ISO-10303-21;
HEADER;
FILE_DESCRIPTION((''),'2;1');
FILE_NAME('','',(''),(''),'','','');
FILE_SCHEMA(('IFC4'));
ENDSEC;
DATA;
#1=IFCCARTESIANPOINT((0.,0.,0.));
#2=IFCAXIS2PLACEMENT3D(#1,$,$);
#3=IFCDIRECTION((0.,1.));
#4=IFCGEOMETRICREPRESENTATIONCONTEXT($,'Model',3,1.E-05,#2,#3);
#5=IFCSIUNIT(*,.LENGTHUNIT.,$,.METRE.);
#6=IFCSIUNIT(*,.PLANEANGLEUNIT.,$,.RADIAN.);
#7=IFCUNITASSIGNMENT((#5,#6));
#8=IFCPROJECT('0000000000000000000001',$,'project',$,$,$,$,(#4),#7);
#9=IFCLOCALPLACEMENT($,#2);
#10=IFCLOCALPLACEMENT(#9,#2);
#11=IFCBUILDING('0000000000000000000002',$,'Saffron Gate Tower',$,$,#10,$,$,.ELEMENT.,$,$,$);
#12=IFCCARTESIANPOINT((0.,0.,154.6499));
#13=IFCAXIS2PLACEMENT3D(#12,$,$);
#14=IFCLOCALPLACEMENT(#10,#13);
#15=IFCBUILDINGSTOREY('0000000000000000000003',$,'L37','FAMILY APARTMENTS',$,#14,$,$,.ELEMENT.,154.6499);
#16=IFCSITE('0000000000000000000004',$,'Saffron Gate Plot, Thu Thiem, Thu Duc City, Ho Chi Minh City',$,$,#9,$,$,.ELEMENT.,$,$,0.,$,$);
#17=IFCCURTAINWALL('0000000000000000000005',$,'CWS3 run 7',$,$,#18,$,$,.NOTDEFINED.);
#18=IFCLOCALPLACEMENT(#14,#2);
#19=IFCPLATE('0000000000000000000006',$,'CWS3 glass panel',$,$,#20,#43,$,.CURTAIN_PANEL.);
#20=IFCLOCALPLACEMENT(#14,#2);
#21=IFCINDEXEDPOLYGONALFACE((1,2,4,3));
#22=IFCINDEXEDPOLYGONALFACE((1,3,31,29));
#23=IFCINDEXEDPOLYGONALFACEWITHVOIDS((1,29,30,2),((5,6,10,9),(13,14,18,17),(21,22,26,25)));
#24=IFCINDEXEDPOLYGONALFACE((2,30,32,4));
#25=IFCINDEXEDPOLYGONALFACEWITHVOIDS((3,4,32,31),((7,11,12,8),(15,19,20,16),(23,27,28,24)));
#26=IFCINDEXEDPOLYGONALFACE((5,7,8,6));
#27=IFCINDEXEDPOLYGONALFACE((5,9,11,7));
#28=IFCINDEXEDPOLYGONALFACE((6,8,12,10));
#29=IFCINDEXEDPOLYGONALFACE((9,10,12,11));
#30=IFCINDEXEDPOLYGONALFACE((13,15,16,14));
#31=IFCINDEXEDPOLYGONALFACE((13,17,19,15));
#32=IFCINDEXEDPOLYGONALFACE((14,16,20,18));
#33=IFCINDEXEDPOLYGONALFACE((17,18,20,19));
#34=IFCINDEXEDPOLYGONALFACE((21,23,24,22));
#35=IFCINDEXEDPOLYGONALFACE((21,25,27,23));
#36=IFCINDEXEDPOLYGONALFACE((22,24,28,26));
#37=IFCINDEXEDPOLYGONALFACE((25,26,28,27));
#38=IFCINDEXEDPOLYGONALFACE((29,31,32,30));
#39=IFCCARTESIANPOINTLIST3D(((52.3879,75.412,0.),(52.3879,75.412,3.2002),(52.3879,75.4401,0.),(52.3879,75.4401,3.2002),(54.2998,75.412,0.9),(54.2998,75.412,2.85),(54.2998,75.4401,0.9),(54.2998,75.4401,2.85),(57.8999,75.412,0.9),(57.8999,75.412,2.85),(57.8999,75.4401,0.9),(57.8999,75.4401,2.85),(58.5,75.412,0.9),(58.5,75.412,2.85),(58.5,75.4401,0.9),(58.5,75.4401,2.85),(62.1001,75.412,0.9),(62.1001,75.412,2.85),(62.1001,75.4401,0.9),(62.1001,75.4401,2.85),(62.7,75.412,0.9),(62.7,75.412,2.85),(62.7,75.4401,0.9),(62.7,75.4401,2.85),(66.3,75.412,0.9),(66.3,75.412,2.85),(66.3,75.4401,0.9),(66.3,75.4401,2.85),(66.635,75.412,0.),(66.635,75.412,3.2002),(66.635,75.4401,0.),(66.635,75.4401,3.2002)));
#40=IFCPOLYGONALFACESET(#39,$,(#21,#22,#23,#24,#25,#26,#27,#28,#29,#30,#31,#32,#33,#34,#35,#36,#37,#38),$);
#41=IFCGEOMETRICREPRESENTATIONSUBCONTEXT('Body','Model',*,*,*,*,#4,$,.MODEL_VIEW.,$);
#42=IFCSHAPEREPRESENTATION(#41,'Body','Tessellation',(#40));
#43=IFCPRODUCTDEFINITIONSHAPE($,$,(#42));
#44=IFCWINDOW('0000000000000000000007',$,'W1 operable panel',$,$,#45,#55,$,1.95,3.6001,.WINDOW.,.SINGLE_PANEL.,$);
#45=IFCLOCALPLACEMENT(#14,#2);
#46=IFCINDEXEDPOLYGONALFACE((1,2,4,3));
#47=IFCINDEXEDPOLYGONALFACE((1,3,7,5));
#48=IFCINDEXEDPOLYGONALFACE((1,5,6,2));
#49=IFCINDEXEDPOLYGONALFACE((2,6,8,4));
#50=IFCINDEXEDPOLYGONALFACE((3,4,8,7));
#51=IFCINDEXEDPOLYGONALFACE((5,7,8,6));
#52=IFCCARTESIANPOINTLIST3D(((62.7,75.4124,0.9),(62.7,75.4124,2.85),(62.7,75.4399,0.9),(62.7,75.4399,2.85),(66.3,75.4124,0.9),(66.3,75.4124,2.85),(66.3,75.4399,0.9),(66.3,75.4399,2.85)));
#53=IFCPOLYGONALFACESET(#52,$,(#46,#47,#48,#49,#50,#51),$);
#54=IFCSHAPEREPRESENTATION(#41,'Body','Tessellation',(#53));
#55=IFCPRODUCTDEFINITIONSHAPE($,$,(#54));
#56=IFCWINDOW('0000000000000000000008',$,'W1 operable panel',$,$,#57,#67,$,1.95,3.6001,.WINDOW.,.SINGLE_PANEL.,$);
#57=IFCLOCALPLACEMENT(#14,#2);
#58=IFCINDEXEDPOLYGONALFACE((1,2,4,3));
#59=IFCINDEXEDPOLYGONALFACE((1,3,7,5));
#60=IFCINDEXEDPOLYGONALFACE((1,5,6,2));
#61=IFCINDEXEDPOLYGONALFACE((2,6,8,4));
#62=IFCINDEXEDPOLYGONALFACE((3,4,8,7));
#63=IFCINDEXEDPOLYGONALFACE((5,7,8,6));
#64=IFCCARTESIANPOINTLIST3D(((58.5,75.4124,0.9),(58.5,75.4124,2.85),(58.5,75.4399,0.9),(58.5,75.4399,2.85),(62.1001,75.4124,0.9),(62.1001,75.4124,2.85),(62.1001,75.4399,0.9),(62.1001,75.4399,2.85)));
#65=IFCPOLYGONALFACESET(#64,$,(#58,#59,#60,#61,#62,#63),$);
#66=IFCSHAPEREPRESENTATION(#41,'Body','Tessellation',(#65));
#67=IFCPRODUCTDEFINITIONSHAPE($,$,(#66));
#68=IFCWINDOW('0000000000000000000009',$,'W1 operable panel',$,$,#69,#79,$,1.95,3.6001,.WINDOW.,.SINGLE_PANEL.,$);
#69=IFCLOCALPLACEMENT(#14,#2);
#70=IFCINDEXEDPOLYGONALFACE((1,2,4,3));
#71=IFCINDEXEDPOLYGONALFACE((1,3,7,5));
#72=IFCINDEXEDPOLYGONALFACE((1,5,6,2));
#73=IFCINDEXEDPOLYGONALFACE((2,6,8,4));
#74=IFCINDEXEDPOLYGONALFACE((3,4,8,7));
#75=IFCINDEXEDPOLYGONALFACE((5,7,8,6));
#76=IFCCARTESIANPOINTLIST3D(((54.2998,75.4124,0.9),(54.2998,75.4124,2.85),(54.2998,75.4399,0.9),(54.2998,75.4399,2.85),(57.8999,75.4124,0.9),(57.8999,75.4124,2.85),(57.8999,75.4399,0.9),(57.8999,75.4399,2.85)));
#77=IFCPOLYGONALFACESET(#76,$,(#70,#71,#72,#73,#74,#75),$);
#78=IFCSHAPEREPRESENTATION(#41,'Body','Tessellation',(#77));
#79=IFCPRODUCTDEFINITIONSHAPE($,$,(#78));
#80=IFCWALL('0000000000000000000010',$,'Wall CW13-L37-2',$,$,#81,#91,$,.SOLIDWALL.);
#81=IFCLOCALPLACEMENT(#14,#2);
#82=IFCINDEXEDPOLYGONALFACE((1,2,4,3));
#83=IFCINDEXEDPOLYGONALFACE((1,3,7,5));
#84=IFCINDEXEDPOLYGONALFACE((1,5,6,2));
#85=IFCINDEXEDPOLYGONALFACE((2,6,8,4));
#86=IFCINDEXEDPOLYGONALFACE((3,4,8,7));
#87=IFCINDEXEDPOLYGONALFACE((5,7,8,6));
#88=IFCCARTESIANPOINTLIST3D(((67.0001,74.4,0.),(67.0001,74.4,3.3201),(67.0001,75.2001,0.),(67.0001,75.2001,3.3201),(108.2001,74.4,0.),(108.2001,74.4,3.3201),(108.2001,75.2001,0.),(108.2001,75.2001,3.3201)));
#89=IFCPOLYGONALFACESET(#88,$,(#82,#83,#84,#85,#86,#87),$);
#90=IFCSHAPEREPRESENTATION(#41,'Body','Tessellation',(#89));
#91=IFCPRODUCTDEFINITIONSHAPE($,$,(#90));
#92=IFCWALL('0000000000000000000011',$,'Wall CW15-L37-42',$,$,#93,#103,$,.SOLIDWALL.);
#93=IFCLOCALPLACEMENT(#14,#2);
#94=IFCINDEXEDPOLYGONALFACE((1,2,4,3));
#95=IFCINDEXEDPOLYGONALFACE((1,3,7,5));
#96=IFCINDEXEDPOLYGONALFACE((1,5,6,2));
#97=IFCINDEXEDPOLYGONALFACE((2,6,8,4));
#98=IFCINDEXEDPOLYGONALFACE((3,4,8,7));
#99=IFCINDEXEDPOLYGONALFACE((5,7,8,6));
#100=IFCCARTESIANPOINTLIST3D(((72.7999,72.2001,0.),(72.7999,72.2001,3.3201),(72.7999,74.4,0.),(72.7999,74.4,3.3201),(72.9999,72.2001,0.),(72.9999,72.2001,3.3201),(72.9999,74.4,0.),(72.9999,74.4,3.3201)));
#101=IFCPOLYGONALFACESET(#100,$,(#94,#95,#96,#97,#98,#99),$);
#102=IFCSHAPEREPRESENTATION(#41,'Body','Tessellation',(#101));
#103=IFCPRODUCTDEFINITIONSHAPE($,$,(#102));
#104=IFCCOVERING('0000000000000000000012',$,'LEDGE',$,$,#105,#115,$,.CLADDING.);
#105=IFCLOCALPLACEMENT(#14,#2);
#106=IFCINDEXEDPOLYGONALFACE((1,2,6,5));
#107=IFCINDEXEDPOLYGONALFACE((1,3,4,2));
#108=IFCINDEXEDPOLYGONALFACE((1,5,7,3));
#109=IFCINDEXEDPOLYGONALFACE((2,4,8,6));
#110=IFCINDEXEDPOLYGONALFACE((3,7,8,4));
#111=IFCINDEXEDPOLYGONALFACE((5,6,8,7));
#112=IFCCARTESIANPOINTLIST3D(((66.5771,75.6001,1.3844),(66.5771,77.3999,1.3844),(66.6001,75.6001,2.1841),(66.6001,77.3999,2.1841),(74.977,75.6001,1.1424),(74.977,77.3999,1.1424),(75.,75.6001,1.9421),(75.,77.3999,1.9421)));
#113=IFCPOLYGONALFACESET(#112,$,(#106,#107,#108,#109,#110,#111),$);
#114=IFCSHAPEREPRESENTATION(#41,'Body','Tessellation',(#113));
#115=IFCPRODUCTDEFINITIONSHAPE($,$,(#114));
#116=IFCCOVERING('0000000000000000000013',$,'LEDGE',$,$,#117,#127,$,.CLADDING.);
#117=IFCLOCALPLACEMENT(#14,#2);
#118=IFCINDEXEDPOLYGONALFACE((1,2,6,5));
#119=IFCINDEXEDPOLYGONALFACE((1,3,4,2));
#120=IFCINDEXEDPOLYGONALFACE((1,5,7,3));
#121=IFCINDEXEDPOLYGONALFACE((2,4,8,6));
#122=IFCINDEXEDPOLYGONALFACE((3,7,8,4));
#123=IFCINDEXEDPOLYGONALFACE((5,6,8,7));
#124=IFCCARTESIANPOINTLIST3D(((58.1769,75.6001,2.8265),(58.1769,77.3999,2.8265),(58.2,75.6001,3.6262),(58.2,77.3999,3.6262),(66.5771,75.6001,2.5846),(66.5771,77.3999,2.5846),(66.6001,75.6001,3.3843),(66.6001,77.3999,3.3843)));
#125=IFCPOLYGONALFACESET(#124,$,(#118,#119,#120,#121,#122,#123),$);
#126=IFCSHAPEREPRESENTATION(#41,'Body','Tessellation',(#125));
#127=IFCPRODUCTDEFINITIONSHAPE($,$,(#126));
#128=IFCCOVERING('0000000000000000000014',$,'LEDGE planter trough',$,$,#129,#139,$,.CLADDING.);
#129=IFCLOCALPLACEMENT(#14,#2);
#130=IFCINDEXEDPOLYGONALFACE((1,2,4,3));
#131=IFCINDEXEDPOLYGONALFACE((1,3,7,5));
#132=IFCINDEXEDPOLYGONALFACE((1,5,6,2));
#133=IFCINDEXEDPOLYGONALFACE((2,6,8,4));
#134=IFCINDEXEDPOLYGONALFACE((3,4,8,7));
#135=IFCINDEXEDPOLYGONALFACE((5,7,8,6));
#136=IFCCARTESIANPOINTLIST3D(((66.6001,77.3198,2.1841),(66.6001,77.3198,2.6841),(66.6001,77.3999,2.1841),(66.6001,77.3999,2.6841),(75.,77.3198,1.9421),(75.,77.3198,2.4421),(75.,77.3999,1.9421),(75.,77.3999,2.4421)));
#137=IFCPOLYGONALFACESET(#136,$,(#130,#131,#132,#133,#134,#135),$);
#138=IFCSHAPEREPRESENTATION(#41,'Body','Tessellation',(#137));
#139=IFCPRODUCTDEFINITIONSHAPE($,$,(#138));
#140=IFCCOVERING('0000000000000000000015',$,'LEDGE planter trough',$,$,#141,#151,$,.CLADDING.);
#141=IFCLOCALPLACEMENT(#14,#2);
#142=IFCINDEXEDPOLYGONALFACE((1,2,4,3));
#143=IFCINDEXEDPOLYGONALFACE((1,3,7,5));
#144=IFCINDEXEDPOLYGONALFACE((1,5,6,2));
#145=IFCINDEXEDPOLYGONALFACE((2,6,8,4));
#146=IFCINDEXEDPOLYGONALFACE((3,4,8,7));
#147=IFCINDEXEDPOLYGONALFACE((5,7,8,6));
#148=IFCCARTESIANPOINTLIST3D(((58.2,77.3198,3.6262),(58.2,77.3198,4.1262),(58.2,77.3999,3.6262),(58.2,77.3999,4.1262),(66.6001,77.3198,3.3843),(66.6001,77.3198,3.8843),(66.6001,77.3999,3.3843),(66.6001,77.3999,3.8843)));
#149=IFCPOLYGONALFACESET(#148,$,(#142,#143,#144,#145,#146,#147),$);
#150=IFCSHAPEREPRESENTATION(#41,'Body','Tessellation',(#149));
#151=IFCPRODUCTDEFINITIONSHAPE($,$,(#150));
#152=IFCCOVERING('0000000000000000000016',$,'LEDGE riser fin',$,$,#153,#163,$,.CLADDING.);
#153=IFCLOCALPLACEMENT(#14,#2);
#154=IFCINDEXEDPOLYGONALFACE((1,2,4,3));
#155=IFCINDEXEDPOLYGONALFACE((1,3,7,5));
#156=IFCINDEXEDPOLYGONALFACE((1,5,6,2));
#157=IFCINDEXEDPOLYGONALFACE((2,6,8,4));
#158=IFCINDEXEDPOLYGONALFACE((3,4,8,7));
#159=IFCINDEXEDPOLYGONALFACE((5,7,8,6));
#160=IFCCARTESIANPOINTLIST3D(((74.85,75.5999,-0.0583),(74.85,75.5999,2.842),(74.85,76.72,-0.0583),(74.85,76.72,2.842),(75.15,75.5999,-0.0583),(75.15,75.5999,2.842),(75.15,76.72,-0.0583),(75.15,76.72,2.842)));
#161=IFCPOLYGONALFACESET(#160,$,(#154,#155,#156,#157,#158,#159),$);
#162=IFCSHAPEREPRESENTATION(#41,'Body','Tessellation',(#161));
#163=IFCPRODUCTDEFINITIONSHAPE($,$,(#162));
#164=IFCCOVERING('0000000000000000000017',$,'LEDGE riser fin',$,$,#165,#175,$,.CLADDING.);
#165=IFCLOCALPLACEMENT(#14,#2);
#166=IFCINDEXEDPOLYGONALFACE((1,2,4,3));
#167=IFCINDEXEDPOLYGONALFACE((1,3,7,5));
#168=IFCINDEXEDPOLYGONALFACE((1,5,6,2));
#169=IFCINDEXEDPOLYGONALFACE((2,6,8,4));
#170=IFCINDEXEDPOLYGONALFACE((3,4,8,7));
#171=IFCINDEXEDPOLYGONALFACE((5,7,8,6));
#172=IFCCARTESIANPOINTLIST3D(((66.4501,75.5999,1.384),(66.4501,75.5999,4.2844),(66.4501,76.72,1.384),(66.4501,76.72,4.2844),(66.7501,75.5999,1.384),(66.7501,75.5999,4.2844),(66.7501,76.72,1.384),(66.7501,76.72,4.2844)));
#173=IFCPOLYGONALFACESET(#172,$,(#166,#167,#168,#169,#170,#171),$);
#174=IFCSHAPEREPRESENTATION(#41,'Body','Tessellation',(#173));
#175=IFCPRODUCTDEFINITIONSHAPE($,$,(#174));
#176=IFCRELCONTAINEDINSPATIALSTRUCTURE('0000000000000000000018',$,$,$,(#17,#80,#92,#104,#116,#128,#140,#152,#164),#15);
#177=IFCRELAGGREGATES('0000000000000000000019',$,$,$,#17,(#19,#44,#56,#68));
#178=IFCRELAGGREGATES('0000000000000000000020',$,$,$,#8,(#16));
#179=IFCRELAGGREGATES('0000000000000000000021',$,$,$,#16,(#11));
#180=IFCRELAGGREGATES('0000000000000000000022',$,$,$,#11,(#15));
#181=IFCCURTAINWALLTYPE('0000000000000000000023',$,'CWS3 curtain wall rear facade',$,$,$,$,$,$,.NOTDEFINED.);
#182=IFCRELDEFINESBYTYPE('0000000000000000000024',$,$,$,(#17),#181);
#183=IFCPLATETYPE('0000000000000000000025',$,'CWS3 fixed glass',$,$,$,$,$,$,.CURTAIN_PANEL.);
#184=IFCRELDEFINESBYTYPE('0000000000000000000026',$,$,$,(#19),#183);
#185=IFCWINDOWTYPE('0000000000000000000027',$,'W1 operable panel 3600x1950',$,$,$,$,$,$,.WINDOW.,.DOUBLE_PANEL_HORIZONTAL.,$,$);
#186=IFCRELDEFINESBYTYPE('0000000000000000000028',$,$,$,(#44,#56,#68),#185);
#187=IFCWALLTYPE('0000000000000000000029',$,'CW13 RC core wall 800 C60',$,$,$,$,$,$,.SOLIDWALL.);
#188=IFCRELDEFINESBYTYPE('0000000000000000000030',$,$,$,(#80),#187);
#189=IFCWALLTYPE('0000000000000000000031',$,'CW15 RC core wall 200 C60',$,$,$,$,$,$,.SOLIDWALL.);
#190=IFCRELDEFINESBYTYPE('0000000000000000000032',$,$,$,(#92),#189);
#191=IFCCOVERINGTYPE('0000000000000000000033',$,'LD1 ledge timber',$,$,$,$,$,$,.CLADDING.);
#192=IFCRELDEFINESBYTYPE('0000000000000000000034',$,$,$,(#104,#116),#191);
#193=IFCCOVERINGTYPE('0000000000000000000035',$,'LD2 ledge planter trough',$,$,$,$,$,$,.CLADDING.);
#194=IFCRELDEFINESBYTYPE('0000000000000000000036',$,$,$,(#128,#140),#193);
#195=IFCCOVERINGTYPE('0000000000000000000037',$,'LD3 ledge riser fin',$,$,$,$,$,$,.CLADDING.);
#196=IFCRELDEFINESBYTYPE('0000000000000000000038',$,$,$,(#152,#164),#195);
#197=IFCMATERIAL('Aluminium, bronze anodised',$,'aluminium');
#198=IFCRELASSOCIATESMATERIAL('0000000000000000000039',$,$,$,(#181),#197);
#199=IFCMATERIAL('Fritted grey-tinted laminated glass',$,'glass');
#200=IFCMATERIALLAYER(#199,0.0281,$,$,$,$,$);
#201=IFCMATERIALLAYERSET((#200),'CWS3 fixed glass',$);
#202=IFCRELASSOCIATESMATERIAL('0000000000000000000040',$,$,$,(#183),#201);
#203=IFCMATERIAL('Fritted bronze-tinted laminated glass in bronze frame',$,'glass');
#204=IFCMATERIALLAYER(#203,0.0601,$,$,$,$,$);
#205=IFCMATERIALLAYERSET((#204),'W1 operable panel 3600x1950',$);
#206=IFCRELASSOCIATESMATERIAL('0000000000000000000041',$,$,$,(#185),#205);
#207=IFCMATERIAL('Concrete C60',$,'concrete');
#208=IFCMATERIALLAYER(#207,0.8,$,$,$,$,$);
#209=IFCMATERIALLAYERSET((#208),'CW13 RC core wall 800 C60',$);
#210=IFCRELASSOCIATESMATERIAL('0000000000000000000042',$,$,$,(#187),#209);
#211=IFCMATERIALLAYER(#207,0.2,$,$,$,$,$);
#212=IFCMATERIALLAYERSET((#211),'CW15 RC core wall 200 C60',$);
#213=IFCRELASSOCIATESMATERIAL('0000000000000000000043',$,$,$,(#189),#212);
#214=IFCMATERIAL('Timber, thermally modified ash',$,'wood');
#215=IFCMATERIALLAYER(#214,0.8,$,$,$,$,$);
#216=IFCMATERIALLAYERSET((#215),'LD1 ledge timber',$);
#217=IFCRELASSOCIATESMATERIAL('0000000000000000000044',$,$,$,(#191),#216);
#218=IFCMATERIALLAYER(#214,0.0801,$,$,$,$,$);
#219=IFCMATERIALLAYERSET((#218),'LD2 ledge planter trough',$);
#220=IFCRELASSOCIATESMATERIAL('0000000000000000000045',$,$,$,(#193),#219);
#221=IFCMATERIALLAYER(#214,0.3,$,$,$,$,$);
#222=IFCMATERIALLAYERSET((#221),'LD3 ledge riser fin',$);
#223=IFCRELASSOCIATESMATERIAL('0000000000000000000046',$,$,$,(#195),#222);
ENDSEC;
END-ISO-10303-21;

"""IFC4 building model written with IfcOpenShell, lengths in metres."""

from ifc_helpers import new_model, si_unit, direction, frame, frame_2d, origin, origin_2d, place, context, subcontext, project, spatial, polyline, rectangle, outline, extrude, material, layer, layer_set, type_object, element, fill, aggregate, save


model = new_model("IFC4")

# Units and contexts
model_context = context("Model", 3, precision=1e-05, world=origin(), true_north=direction((0.0, 1.0)))
body_context = subcontext(model_context, "Body", "Model", "MODEL_VIEW")
ifc_project = project(units=[si_unit("LENGTHUNIT", "METRE"), si_unit("PLANEANGLEUNIT", "RADIAN")], contexts=[model_context])

# Site, building, storey
site_placement = place(None, origin())
site = spatial("IfcSite", under=ifc_project, at=site_placement, Name="Saffron Gate Plot, Thu Thiem, Thu Duc City, Ho Chi Minh City", CompositionType="ELEMENT", RefElevation=0.0)
building_placement = place(site_placement, origin())
building = spatial("IfcBuilding", under=site, at=building_placement, Name="Saffron Gate Tower", CompositionType="ELEMENT")
storey_placement = place(building_placement, frame((0.0, 0.0, 154.6499)))
storey = spatial("IfcBuildingStorey", under=building, at=storey_placement, Name="L37", Description="FAMILY APARTMENTS", CompositionType="ELEMENT", Elevation=154.6499)

# Curtain wall, plate, openings, windows
ifc_material_1 = material(Name="Aluminium, bronze anodised", Category="aluminium")
curtain_wall_type = type_object("IfcCurtainWallType", Name="CWS3 curtain wall rear facade", PredefinedType="NOTDEFINED", material=ifc_material_1)
curtain_wall_placement = place(storey_placement, origin())
curtain_wall = element("IfcCurtainWall", 1, at=curtain_wall_placement, inside=storey, type_object=curtain_wall_type, Name="CWS3 run 7", PredefinedType="NOTDEFINED")
ifc_material_2 = material(Name="Fritted grey-tinted laminated glass", Category="glass")
ifc_layer_1 = layer(ifc_material_2, 0.0281)
ifc_layer_set_1 = layer_set([ifc_layer_1], Name="CWS3 fixed glass")
plate_type = type_object("IfcPlateType", Name="CWS3 fixed glass", PredefinedType="CURTAIN_PANEL", material=ifc_layer_set_1)
plate_placement = place(storey_placement, frame((66.635, 75.426, 0.0), z_axis=(0.0, 0.0, 1.0), x_axis=(-1.0, 0.0, 0.0)))
plate = element("IfcPlate", 2, at=plate_placement, type_object=plate_type, Name="CWS3 glass panel", PredefinedType="CURTAIN_PANEL", context=body_context, shape_type="SweptSolid", body=[
    extrude(rectangle(XDim=14.2471, YDim=0.0281, at=frame_2d((7.1235, 0.0))), origin(), (0.0, 0.0, 1.0), 3.2002),
])
opening_1_placement = place(plate_placement, frame((0.335, 0.0, 0.8999)))
opening_1 = element("IfcOpeningElement", 3, at=opening_1_placement, cuts=plate, PredefinedType="OPENING", context=body_context, shape_type="SweptSolid", body=[
    extrude(rectangle(XDim=3.6001, YDim=1.95, at=frame_2d((1.8, 0.9751))), frame((0.0, 0.0239, 0.0), z_axis=(0.0, -1.0, 0.0), x_axis=(1.0, 0.0, 0.0)), (0.0, 0.0, 1.0), 0.0481),
])
opening_2_placement = place(plate_placement, frame((4.5349, 0.0, 0.8999)))
opening_2 = element("IfcOpeningElement", 4, at=opening_2_placement, cuts=plate, PredefinedType="OPENING", context=body_context, shape_type="SweptSolid", body=[
    extrude(rectangle(XDim=3.6001, YDim=1.95, at=frame_2d((1.8, 0.9751))), frame((0.0, 0.0239, 0.0), z_axis=(0.0, -1.0, 0.0), x_axis=(1.0, 0.0, 0.0)), (0.0, 0.0, 1.0), 0.0481),
])
opening_3_placement = place(plate_placement, frame((8.7351, 0.0, 0.8999)))
opening_3 = element("IfcOpeningElement", 5, at=opening_3_placement, cuts=plate, PredefinedType="OPENING", context=body_context, shape_type="SweptSolid", body=[
    extrude(rectangle(XDim=3.6001, YDim=1.95, at=frame_2d((1.8, 0.9751))), frame((0.0, 0.0239, 0.0), z_axis=(0.0, -1.0, 0.0), x_axis=(1.0, 0.0, 0.0)), (0.0, 0.0, 1.0), 0.0481),
])
ifc_material_3 = material(Name="Fritted bronze-tinted laminated glass in bronze frame", Category="glass")
ifc_layer_2 = layer(ifc_material_3, 0.0601)
ifc_layer_set_2 = layer_set([ifc_layer_2], Name="W1 operable panel 3600x1950")
window_type = type_object("IfcWindowType", Name="W1 operable panel 3600x1950", PartitioningType="DOUBLE_PANEL_HORIZONTAL", PredefinedType="WINDOW", material=ifc_layer_set_2)
window_1_placement = place(opening_1_placement, origin())
window_1 = element("IfcWindow", 6, at=window_1_placement, type_object=window_type, Name="W1 operable panel", OverallHeight=1.95, OverallWidth=3.6001, PartitioningType="SINGLE_PANEL", PredefinedType="WINDOW", context=body_context, shape_type="SweptSolid", body=[
    extrude(rectangle(XDim=3.6001, YDim=1.95, at=frame_2d((1.8, 0.9751))), frame((0.0, 0.0137, 0.0), z_axis=(0.0, -1.0, 0.0), x_axis=(1.0, 0.0, 0.0)), (0.0, 0.0, 1.0), 0.0276),
])
fill(opening_1, window_1)
window_2_placement = place(opening_2_placement, origin())
window_2 = element("IfcWindow", 7, at=window_2_placement, type_object=window_type, Name="W1 operable panel", OverallHeight=1.95, OverallWidth=3.6001, PartitioningType="SINGLE_PANEL", PredefinedType="WINDOW", context=body_context, shape_type="SweptSolid", body=[
    extrude(rectangle(XDim=3.6001, YDim=1.95, at=frame_2d((1.8, 0.9751))), frame((0.0, 0.0137, 0.0), z_axis=(0.0, -1.0, 0.0), x_axis=(1.0, 0.0, 0.0)), (0.0, 0.0, 1.0), 0.0276),
])
fill(opening_2, window_2)
window_3_placement = place(opening_3_placement, origin())
window_3 = element("IfcWindow", 8, at=window_3_placement, type_object=window_type, Name="W1 operable panel", OverallHeight=1.95, OverallWidth=3.6001, PartitioningType="SINGLE_PANEL", PredefinedType="WINDOW", context=body_context, shape_type="SweptSolid", body=[
    extrude(rectangle(XDim=3.6001, YDim=1.95, at=frame_2d((1.8, 0.9751))), frame((0.0, 0.0137, 0.0), z_axis=(0.0, -1.0, 0.0), x_axis=(1.0, 0.0, 0.0)), (0.0, 0.0, 1.0), 0.0276),
])
fill(opening_3, window_3)
aggregate(curtain_wall, [plate, window_1, window_2, window_3])

# Walls
ifc_material_4 = material(Name="Concrete C60", Category="concrete")
ifc_layer_3 = layer(ifc_material_4, 0.8)
ifc_layer_set_3 = layer_set([ifc_layer_3], Name="CW13 RC core wall 800 C60")
wall_type_1 = type_object("IfcWallType", Name="CW13 RC core wall 800 C60", PredefinedType="SOLIDWALL", material=ifc_layer_set_3)
wall_1_placement = place(storey_placement, frame((67.0, 74.8, 0.0), z_axis=(0.0, 0.0, 1.0), x_axis=(1.0, 0.0, 0.0)))
element("IfcWall", 9, at=wall_1_placement, inside=storey, type_object=wall_type_1, Name="Wall CW13-L37-2", PredefinedType="SOLIDWALL", context=body_context, shape_type="SweptSolid", body=[
    extrude(rectangle(XDim=41.2, YDim=0.8, at=frame_2d((20.6001, 0.0))), origin(), (0.0, 0.0, 1.0), 3.3201),
])
ifc_layer_4 = layer(ifc_material_4, 0.2)
ifc_layer_set_4 = layer_set([ifc_layer_4], Name="CW15 RC core wall 200 C60")
wall_type_2 = type_object("IfcWallType", Name="CW15 RC core wall 200 C60", PredefinedType="SOLIDWALL", material=ifc_layer_set_4)
wall_2_placement = place(storey_placement, frame((72.8999, 72.2, 0.0), z_axis=(0.0, 0.0, 1.0), x_axis=(0.0, 1.0, 0.0)))
element("IfcWall", 10, at=wall_2_placement, inside=storey, type_object=wall_type_2, Name="Wall CW15-L37-42", PredefinedType="SOLIDWALL", context=body_context, shape_type="SweptSolid", body=[
    extrude(rectangle(XDim=2.2, YDim=0.2, at=frame_2d((1.1001, 0.0))), origin(), (0.0, 0.0, 1.0), 3.3201),
])

# Coverings
ifc_material_5 = material(Name="Timber, thermally modified ash", Category="wood")
ifc_layer_5 = layer(ifc_material_5, 0.8)
ifc_layer_set_5 = layer_set([ifc_layer_5], Name="LD1 ledge timber")
covering_type_1 = type_object("IfcCoveringType", Name="LD1 ledge timber", PredefinedType="CLADDING", material=ifc_layer_set_5)
covering_1_placement = place(storey_placement, frame((75.0, 75.6001, 1.9421), z_axis=(0.028791, 0.0, 0.999585), x_axis=(-0.999585, 0.0, 0.028791)))
element("IfcCovering", 11, at=covering_1_placement, inside=storey, type_object=covering_type_1, Name="LEDGE", PredefinedType="CLADDING", context=body_context, shape_type="SweptSolid", body=[
    extrude(outline(polyline([(0.0, 0.0), (8.4034, 0.0), (8.4034, -1.7998), (0.0, -1.7998), (0.0, 0.0)])), origin(), (0.0, 0.0, -1.0), 0.8),
])
covering_2_placement = place(storey_placement, frame((66.6001, 75.6001, 3.3843), z_axis=(0.02879, 0.0, 0.999585), x_axis=(-0.999585, 0.0, 0.02879)))
element("IfcCovering", 12, at=covering_2_placement, inside=storey, type_object=covering_type_1, Name="LEDGE", PredefinedType="CLADDING", context=body_context, shape_type="SweptSolid", body=[
    extrude(outline(polyline([(0.0, 0.0), (8.4036, 0.0), (8.4036, -1.7998), (0.0, -1.7998), (0.0, 0.0)])), origin(), (0.0, 0.0, -1.0), 0.8),
])
ifc_layer_6 = layer(ifc_material_5, 0.0801)
ifc_layer_set_6 = layer_set([ifc_layer_6], Name="LD2 ledge planter trough")
covering_type_2 = type_object("IfcCoveringType", Name="LD2 ledge planter trough", PredefinedType="CLADDING", material=ifc_layer_set_6)
covering_3_placement = place(storey_placement, frame((75.0, 77.3999, 1.9421), z_axis=(0.0, 1.0, 0.0), x_axis=(-0.999585, 0.0, 0.028791)))
element("IfcCovering", 13, at=covering_3_placement, inside=storey, type_object=covering_type_2, Name="LEDGE planter trough", PredefinedType="CLADDING", context=body_context, shape_type="SweptSolid", body=[
    extrude(outline(polyline([(0.0, 0.0), (8.4034, 0.0), (8.4178, 0.4998), (0.0144, 0.4998), (0.0, 0.0)])), origin(), (0.0, 0.0, -1.0), 0.0801),
])
covering_4_placement = place(storey_placement, frame((66.6001, 77.3999, 3.3843), z_axis=(0.0, 1.0, 0.0), x_axis=(-0.999585, 0.0, 0.02879)))
element("IfcCovering", 14, at=covering_4_placement, inside=storey, type_object=covering_type_2, Name="LEDGE planter trough", PredefinedType="CLADDING", context=body_context, shape_type="SweptSolid", body=[
    extrude(outline(polyline([(0.0, 0.0), (8.4036, 0.0), (8.418, 0.4998), (0.0144, 0.4998), (0.0, 0.0)])), origin(), (0.0, 0.0, -1.0), 0.0801),
])
ifc_layer_7 = layer(ifc_material_5, 0.3)
ifc_layer_set_7 = layer_set([ifc_layer_7], Name="LD3 ledge riser fin")
covering_type_3 = type_object("IfcCoveringType", Name="LD3 ledge riser fin", PredefinedType="CLADDING", material=ifc_layer_set_7)
for number, where, z_axis, x_axis, name in (
    (15, (75.0, 76.1599, -0.0583), (0.0, 0.0, 1.0), (-1.0, 0.0, 0.0), "LEDGE riser fin"),
    (16, (66.6001, 76.1599, 1.384), (0.0, 0.0, 1.0), (-1.0, 0.0, 0.0), "LEDGE riser fin"),
):
    element("IfcCovering", number, at=place(storey_placement, frame(where, z_axis=z_axis, x_axis=x_axis)), inside=storey, type_object=covering_type_3, Name=name, PredefinedType="CLADDING", context=body_context, shape_type="SweptSolid", body=[
        extrude(rectangle(XDim=0.3, YDim=1.1201, at=origin_2d()), origin(), (0.0, 0.0, 1.0), 2.9004),
    ])

save(model, "model.ifc")
